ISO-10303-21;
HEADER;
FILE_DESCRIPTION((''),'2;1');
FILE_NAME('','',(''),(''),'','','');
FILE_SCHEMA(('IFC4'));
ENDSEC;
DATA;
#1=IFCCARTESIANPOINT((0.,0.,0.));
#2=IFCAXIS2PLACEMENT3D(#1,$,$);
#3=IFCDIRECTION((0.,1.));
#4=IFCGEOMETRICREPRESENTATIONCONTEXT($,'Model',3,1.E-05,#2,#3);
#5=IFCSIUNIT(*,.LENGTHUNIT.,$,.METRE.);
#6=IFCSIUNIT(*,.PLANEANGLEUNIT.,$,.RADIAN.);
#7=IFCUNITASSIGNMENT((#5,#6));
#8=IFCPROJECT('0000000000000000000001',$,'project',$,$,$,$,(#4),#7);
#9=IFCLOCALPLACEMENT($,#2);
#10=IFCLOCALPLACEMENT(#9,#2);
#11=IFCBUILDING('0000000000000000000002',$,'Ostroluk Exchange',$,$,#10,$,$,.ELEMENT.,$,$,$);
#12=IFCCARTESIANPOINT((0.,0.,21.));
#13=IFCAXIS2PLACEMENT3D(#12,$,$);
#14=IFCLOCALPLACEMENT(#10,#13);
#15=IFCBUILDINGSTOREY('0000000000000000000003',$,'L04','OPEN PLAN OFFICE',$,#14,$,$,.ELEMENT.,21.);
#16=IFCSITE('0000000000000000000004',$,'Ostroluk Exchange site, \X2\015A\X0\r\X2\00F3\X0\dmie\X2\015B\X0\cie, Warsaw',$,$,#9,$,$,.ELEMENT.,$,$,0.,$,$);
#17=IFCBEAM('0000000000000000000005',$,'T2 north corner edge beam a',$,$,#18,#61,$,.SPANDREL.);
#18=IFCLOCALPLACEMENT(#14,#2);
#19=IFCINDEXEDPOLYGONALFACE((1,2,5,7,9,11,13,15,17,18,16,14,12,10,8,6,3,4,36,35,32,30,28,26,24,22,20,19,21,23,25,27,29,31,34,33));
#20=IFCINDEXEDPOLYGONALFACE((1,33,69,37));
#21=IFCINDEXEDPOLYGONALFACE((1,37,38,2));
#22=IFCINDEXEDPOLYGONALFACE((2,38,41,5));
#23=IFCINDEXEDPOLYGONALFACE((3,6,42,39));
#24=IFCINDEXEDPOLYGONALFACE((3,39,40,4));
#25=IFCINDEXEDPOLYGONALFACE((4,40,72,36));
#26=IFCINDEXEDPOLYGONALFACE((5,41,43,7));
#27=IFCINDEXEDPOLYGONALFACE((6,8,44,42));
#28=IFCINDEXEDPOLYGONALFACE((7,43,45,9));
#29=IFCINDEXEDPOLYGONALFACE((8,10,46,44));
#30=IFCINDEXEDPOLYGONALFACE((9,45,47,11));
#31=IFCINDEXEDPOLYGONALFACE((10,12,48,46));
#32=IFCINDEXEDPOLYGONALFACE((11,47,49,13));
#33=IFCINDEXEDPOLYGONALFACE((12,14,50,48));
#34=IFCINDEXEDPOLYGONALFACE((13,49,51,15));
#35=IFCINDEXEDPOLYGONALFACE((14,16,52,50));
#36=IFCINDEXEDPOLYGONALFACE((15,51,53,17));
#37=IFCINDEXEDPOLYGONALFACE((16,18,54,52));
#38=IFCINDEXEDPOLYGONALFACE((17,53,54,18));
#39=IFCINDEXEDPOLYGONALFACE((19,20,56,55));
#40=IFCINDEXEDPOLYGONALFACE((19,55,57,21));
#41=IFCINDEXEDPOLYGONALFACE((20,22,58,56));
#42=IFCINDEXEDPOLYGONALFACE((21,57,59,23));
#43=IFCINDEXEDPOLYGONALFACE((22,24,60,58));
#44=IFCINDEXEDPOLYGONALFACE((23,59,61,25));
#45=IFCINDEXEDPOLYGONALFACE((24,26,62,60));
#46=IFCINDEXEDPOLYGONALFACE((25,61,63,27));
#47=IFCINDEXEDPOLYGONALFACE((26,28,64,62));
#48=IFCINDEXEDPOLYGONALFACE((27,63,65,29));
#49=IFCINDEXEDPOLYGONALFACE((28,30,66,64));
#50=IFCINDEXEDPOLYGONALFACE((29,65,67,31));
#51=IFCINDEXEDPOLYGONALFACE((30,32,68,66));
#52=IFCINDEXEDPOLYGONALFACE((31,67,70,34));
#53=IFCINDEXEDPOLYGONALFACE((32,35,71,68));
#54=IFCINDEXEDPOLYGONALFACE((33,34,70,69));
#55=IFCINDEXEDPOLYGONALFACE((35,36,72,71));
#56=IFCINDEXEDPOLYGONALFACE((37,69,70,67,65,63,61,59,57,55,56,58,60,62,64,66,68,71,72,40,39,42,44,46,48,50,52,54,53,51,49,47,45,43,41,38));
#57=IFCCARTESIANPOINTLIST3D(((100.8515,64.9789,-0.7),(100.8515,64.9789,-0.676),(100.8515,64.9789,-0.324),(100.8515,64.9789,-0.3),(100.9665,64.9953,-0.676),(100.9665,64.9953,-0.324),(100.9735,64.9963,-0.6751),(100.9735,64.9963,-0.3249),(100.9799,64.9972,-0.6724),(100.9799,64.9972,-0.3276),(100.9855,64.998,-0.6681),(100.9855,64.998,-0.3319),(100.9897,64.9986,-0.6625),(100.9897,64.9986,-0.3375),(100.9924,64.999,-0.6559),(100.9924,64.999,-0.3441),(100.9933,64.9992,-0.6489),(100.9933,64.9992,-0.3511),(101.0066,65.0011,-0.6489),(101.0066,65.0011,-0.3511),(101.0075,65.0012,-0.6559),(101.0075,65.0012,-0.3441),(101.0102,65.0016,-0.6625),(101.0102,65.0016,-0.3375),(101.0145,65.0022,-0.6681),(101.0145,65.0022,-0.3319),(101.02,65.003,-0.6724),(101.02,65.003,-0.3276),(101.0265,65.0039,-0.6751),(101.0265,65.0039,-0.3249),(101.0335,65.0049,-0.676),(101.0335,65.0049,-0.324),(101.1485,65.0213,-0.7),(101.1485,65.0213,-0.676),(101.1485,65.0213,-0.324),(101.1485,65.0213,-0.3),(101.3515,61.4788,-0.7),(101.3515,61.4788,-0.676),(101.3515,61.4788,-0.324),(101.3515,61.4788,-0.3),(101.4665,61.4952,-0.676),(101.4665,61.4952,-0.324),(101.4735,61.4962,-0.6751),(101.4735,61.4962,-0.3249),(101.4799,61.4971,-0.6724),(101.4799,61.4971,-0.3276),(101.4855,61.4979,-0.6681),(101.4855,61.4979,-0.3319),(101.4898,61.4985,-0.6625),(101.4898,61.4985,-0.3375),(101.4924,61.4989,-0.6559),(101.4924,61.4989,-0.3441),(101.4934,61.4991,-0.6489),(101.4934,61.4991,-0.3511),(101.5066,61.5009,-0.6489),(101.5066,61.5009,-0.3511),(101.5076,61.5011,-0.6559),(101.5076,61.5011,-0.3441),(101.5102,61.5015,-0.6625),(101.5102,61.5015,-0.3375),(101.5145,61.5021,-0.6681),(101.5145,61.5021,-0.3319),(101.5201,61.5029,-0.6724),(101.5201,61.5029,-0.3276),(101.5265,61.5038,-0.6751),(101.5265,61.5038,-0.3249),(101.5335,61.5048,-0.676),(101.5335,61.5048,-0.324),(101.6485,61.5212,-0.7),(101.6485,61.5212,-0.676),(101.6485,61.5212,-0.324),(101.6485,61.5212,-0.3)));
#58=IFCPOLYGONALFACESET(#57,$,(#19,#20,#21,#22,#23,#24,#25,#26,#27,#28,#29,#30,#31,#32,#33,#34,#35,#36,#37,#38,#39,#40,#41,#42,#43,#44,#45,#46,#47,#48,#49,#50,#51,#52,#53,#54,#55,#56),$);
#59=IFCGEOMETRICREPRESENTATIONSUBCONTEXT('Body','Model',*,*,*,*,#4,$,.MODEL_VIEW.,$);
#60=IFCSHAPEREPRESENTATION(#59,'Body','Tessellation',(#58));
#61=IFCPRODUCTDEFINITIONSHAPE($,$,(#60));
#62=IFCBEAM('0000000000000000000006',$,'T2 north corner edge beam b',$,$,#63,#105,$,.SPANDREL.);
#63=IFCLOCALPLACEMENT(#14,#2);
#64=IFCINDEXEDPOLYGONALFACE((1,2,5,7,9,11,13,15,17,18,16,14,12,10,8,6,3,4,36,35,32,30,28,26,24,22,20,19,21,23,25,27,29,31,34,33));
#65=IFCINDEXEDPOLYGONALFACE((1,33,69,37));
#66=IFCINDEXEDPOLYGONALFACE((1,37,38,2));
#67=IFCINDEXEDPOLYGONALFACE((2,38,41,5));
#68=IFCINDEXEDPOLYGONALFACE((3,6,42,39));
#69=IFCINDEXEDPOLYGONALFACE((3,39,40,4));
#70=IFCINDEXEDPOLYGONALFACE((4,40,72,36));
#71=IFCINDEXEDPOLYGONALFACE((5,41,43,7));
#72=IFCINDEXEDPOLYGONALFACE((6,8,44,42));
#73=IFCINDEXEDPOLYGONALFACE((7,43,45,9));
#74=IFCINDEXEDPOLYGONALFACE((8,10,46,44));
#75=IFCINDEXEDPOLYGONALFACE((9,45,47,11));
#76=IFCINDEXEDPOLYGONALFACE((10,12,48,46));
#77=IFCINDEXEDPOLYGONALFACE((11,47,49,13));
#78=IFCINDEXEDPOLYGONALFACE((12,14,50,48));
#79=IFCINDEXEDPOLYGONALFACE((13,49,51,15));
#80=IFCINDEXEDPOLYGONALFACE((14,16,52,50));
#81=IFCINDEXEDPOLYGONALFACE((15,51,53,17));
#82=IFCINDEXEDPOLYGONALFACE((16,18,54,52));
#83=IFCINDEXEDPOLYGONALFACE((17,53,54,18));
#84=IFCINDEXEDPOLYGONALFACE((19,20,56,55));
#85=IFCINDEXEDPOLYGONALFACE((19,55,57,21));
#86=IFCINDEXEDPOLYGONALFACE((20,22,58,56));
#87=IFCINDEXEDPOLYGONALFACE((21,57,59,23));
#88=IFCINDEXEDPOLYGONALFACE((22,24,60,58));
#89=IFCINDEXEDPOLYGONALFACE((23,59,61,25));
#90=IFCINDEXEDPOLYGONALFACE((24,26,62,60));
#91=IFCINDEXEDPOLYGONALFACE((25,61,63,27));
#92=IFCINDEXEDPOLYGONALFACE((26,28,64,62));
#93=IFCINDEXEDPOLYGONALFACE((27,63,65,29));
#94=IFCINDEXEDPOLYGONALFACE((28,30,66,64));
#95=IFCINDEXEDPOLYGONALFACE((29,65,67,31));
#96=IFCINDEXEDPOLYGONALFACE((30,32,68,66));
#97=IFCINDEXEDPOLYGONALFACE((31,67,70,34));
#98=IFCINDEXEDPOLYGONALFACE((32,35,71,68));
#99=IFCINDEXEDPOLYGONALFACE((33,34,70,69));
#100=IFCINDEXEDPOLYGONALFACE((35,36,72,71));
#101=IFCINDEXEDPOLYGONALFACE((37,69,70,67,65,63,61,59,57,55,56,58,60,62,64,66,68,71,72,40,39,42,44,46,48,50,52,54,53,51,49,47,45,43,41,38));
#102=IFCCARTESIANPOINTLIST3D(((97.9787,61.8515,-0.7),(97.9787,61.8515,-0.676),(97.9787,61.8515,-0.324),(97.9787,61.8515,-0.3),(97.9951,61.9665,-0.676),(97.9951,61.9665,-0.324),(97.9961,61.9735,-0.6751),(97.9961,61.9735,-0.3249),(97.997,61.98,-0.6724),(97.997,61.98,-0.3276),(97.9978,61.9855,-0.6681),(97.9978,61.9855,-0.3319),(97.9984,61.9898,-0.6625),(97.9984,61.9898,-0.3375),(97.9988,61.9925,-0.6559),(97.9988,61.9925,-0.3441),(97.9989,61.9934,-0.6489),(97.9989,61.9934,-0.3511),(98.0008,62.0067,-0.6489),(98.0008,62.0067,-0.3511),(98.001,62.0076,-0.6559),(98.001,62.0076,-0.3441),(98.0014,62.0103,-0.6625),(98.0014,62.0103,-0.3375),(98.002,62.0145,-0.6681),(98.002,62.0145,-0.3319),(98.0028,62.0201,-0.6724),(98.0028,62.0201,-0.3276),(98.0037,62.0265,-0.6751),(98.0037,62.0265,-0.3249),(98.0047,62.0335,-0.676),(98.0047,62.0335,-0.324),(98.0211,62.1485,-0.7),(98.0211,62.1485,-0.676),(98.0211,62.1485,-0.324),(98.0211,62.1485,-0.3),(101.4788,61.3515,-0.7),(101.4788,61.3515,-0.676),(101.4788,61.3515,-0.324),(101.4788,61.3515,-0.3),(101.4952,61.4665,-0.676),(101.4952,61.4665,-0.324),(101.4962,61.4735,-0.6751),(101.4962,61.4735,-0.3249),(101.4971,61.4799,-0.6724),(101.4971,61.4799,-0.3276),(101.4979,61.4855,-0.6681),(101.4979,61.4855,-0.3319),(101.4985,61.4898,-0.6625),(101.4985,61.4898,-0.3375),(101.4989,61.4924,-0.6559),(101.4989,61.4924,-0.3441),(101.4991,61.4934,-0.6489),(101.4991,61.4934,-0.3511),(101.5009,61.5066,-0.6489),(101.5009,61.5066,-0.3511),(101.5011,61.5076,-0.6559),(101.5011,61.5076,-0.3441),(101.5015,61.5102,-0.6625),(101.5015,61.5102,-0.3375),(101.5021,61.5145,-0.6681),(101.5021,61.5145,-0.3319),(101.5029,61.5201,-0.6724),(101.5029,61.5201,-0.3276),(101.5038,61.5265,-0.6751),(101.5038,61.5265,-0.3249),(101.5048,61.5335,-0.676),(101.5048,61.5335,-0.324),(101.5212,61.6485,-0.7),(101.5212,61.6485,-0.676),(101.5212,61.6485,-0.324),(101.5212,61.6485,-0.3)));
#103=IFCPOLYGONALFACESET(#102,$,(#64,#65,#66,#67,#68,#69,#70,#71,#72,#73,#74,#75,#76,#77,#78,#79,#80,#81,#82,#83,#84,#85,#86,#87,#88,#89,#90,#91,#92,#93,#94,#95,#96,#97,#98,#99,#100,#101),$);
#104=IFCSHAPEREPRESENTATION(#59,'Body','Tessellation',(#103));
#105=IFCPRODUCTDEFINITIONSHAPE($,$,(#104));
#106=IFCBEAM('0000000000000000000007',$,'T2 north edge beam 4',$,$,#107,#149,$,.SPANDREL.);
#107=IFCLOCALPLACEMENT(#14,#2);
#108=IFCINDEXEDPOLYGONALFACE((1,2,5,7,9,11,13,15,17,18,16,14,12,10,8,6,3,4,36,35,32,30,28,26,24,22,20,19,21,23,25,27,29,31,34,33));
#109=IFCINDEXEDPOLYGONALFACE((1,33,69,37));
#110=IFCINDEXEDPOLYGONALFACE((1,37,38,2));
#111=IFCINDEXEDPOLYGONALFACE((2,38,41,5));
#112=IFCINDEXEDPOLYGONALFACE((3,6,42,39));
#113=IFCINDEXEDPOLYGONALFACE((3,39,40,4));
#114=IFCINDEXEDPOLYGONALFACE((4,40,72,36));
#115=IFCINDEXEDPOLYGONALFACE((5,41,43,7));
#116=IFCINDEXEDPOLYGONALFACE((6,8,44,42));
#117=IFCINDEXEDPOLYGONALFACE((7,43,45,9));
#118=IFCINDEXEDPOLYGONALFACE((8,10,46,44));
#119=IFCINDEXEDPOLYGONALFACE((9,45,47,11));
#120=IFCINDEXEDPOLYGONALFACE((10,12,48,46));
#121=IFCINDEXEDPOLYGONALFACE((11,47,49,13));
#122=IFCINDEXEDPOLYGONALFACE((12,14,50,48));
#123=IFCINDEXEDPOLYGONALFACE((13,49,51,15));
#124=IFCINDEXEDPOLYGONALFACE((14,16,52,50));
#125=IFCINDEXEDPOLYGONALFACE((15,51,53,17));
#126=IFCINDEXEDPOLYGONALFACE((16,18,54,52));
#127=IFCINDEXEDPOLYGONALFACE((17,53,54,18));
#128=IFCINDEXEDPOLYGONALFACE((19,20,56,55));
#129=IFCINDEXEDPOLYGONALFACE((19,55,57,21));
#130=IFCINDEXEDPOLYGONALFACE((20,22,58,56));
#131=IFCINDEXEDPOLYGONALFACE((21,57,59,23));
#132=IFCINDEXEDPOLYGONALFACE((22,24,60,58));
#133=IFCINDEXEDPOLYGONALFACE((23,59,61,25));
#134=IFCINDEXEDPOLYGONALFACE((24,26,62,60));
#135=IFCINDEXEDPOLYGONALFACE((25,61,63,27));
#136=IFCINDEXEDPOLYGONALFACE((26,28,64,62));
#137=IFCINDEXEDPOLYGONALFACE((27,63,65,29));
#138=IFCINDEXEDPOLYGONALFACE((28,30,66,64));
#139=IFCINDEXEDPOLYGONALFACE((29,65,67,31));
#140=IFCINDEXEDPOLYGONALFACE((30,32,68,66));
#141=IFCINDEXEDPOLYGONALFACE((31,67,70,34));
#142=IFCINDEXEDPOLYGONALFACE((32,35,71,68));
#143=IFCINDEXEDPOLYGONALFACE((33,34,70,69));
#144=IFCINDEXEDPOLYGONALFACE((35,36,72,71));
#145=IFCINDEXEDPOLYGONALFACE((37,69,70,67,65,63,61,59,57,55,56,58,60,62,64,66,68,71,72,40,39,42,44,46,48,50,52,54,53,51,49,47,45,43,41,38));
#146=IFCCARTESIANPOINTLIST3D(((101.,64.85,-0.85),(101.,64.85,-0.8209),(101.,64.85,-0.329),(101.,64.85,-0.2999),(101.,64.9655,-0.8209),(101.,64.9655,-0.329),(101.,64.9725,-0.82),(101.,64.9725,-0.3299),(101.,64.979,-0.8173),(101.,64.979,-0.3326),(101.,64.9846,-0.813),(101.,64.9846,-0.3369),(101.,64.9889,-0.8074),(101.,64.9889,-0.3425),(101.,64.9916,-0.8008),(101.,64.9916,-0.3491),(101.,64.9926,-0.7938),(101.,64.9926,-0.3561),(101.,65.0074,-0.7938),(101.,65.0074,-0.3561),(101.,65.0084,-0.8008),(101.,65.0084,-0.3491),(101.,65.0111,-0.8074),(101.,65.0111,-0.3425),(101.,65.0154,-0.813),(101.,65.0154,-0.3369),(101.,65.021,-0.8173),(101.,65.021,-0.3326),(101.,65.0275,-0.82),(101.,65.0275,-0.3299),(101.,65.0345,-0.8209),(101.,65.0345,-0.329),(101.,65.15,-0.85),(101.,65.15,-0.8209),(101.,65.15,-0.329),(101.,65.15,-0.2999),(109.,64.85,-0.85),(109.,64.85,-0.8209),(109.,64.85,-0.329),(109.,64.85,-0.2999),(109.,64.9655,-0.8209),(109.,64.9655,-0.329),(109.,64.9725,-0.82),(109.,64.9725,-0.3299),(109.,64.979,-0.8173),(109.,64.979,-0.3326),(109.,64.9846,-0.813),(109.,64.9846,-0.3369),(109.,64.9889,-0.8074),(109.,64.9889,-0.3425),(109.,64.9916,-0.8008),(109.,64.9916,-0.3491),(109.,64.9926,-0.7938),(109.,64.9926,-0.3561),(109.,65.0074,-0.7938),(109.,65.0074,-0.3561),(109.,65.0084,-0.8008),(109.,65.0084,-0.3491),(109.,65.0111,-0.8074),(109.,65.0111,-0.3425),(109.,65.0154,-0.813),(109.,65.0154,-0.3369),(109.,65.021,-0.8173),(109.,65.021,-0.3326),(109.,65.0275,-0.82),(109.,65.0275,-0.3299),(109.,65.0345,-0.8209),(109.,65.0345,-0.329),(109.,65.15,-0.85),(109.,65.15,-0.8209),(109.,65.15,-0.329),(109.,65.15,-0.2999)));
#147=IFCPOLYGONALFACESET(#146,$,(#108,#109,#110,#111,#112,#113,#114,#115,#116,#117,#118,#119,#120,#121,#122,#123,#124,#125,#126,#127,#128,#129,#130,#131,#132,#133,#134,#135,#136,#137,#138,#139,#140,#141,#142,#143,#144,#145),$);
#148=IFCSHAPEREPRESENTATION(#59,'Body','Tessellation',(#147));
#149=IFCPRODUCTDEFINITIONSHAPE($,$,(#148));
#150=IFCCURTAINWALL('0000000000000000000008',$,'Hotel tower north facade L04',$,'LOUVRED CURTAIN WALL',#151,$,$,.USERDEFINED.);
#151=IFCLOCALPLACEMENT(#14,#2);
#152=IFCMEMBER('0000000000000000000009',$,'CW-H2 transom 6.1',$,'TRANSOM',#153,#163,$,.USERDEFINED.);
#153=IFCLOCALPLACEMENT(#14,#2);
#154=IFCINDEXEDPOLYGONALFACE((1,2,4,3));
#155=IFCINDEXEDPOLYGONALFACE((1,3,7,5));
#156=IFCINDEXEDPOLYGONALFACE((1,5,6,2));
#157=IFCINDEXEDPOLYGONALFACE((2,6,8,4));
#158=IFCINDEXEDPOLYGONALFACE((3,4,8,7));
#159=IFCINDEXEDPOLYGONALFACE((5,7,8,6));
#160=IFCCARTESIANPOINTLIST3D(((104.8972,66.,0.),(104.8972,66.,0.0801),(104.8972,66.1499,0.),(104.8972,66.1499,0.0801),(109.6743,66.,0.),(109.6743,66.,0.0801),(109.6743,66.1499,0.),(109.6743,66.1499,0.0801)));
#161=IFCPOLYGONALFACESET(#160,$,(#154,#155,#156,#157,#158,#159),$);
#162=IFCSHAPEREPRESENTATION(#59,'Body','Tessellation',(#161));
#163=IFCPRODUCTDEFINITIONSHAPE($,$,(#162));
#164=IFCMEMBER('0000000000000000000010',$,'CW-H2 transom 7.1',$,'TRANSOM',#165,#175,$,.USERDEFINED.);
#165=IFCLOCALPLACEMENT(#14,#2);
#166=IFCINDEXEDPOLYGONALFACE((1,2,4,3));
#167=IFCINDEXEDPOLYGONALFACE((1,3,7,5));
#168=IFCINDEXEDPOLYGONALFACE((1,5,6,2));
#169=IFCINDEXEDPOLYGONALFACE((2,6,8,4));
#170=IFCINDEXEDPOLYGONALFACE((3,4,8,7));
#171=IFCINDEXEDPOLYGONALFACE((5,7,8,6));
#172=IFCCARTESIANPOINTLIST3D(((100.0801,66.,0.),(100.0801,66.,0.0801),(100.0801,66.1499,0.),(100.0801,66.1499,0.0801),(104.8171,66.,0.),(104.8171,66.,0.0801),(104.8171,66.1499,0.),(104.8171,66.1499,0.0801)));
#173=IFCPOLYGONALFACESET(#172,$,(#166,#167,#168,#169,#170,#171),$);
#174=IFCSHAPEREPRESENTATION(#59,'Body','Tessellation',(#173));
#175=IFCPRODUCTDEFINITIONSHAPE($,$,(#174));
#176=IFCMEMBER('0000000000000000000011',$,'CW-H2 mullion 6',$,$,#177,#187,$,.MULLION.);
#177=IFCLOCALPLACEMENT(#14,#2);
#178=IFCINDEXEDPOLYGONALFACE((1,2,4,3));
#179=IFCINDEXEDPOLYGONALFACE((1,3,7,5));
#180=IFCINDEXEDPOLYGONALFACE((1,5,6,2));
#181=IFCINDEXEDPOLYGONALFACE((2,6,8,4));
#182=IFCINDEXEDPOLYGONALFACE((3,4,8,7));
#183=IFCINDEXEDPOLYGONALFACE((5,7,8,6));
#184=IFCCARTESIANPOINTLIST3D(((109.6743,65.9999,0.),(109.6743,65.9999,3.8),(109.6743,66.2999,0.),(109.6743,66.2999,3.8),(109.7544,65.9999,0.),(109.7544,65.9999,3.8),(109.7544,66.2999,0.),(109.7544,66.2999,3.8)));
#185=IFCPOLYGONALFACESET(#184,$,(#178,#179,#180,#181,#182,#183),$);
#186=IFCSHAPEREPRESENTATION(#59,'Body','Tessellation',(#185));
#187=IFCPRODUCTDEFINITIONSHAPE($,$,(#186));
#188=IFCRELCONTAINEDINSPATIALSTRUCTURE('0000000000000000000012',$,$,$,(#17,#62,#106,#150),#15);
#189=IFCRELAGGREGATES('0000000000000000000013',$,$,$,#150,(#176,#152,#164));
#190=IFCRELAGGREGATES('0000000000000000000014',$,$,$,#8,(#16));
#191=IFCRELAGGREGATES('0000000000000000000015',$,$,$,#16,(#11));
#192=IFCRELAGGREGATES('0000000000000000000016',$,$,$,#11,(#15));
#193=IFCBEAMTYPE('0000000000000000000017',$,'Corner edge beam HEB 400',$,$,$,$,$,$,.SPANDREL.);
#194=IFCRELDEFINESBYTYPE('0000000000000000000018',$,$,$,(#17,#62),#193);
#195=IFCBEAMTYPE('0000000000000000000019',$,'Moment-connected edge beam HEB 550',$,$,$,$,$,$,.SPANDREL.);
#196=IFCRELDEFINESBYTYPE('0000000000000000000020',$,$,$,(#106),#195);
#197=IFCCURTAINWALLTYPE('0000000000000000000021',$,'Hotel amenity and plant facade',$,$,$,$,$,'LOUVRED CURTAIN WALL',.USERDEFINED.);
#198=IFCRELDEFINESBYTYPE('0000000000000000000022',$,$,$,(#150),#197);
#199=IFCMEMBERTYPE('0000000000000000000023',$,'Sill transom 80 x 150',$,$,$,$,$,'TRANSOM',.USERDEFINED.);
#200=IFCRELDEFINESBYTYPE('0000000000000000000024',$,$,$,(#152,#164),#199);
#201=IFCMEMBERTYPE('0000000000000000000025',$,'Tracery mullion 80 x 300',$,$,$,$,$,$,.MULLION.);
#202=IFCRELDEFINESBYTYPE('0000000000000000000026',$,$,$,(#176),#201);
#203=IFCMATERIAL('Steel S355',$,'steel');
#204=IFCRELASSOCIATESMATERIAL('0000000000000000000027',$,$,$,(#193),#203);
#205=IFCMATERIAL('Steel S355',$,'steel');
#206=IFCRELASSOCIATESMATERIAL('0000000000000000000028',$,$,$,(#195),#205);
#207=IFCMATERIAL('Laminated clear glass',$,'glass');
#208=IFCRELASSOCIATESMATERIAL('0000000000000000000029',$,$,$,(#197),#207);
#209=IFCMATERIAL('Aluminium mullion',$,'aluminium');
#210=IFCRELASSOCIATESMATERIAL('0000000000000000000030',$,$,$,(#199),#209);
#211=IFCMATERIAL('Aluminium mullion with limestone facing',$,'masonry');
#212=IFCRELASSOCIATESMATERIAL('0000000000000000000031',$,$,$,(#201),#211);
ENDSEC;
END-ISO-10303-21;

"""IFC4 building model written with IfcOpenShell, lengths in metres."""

from ifc_helpers import new_model, si_unit, direction, frame, origin, origin_2d, place, context, subcontext, project, spatial, rectangle, i_section, extrude, material, material_profile, profile_set, type_object, element, aggregate, save


model = new_model("IFC4")

# Units and contexts
model_context = context("Model", 3, precision=1e-05, world=origin(), true_north=direction((0.0, 1.0)))
body_context = subcontext(model_context, "Body", "Model", "MODEL_VIEW")
ifc_project = project(units=[si_unit("LENGTHUNIT", "METRE"), si_unit("PLANEANGLEUNIT", "RADIAN")], contexts=[model_context])

# Site, building, storey
site_placement = place(None, origin())
site = spatial("IfcSite", under=ifc_project, at=site_placement, Name="Ostroluk Exchange site, Śródmieście, Warsaw", CompositionType="ELEMENT", RefElevation=0.0)
building_placement = place(site_placement, origin())
building = spatial("IfcBuilding", under=site, at=building_placement, Name="Ostroluk Exchange", CompositionType="ELEMENT")
storey_placement = place(building_placement, frame((0.0, 0.0, 21.0)))
storey = spatial("IfcBuildingStorey", under=building, at=storey_placement, Name="L04", Description="OPEN PLAN OFFICE", CompositionType="ELEMENT", Elevation=21.0)

# Beams
ifc_material_1 = material(Name="Steel S355", Category="steel")
ifc_material_profile_1 = material_profile(ifc_material_1, i_section(OverallWidth=0.3, OverallDepth=0.3999, WebThickness=0.0134, FlangeThickness=0.0239, FilletRadius=0.0271, at=origin_2d()), Name="HEB 400")
ifc_profile_set_1 = profile_set([ifc_material_profile_1], Name="Steel S355")
beam_type_1 = type_object("IfcBeamType", Name="Corner edge beam HEB 400", PredefinedType="SPANDREL", material=ifc_profile_set_1)
for number, where, z_axis, x_axis, name in (
    (1, (101.5, 61.5, -0.5), (-0.141421, 0.989949, 0.0), (-0.989949, -0.141421, 0.0), "T2 north corner edge beam a"),
    (2, (101.5, 61.5, -0.5), (-0.989949, 0.141421, 0.0), (-0.141421, -0.989949, 0.0), "T2 north corner edge beam b"),
):
    element("IfcBeam", number, at=place(storey_placement, frame(where, z_axis=z_axis, x_axis=x_axis)), inside=storey, type_object=beam_type_1, Name=name, PredefinedType="SPANDREL", context=body_context, shape_type="SweptSolid", body=[
        extrude(i_section(OverallWidth=0.3, OverallDepth=0.3999, WebThickness=0.0134, FlangeThickness=0.0239, FilletRadius=0.0271, at=origin_2d()), origin(), (0.0, 0.0, 1.0), 3.5356),
    ])
ifc_material_2 = material(Name="Steel S355", Category="steel")
ifc_material_profile_2 = material_profile(ifc_material_2, i_section(OverallWidth=0.3, OverallDepth=0.55, WebThickness=0.0149, FlangeThickness=0.0291, FilletRadius=0.0271, at=origin_2d()), Name="HEB 550")
ifc_profile_set_2 = profile_set([ifc_material_profile_2], Name="Steel S355")
beam_type_2 = type_object("IfcBeamType", Name="Moment-connected edge beam HEB 550", PredefinedType="SPANDREL", material=ifc_profile_set_2)
beam_1_placement = place(storey_placement, frame((109.0, 65.0, -0.575), z_axis=(-1.0, 0.0, 0.0), x_axis=(0.0, -1.0, 0.0)))
element("IfcBeam", 3, at=beam_1_placement, inside=storey, type_object=beam_type_2, Name="T2 north edge beam 4", PredefinedType="SPANDREL", context=body_context, shape_type="SweptSolid", body=[
    extrude(i_section(OverallWidth=0.3, OverallDepth=0.55, WebThickness=0.0149, FlangeThickness=0.0291, FilletRadius=0.0271, at=origin_2d()), origin(), (0.0, 0.0, 1.0), 8.0),
])

# Curtain wall, members
ifc_material_3 = material(Name="Laminated clear glass", Category="glass")
curtain_wall_type = type_object("IfcCurtainWallType", Name="Hotel amenity and plant facade", ElementType="LOUVRED CURTAIN WALL", PredefinedType="USERDEFINED", material=ifc_material_3)
curtain_wall_placement = place(storey_placement, origin())
curtain_wall = element("IfcCurtainWall", 4, at=curtain_wall_placement, inside=storey, type_object=curtain_wall_type, Name="Hotel tower north facade L04", ObjectType="LOUVRED CURTAIN WALL", PredefinedType="USERDEFINED")
ifc_material_4 = material(Name="Aluminium mullion", Category="aluminium")
ifc_material_profile_3 = material_profile(ifc_material_4, rectangle(XDim=0.1499, YDim=0.0801, at=origin_2d()), Name="Sill transom 80 x 150")
ifc_profile_set_3 = profile_set([ifc_material_profile_3], Name="Aluminium mullion")
member_type_1 = type_object("IfcMemberType", Name="Sill transom 80 x 150", ElementType="TRANSOM", PredefinedType="USERDEFINED", material=ifc_profile_set_3)
member_1_placement = place(storey_placement, frame((109.6743, 66.075, 0.04), z_axis=(-1.0, 0.0, 0.0), x_axis=(0.0, -1.0, 0.0)))
member_1 = element("IfcMember", 5, at=member_1_placement, type_object=member_type_1, Name="CW-H2 transom 6.1", ObjectType="TRANSOM", PredefinedType="USERDEFINED", context=body_context, shape_type="SweptSolid", body=[
    extrude(rectangle(XDim=0.1499, YDim=0.0801, at=origin_2d()), origin(), (0.0, 0.0, 1.0), 4.7771),
])
member_2_placement = place(storey_placement, frame((104.8171, 66.075, 0.04), z_axis=(-1.0, 0.0, 0.0), x_axis=(0.0, -1.0, 0.0)))
member_2 = element("IfcMember", 6, at=member_2_placement, type_object=member_type_1, Name="CW-H2 transom 7.1", ObjectType="TRANSOM", PredefinedType="USERDEFINED", context=body_context, shape_type="SweptSolid", body=[
    extrude(rectangle(XDim=0.1499, YDim=0.0801, at=origin_2d()), origin(), (0.0, 0.0, 1.0), 4.7371),
])
ifc_material_5 = material(Name="Aluminium mullion with limestone facing", Category="masonry")
ifc_material_profile_4 = material_profile(ifc_material_5, rectangle(XDim=0.3, YDim=0.0801, at=origin_2d()), Name="Tracery mullion 80 x 300")
ifc_profile_set_4 = profile_set([ifc_material_profile_4], Name="Aluminium mullion with limestone facing")
member_type_2 = type_object("IfcMemberType", Name="Tracery mullion 80 x 300", PredefinedType="MULLION", material=ifc_profile_set_4)
member_3_placement = place(storey_placement, frame((109.7144, 66.1499, 0.0), z_axis=(0.0, 0.0, 1.0), x_axis=(0.0, -1.0, 0.0)))
member_3 = element("IfcMember", 7, at=member_3_placement, type_object=member_type_2, Name="CW-H2 mullion 6", PredefinedType="MULLION", context=body_context, shape_type="SweptSolid", body=[
    extrude(rectangle(XDim=0.3, YDim=0.0801, at=origin_2d()), origin(), (0.0, 0.0, 1.0), 3.8),
])
aggregate(curtain_wall, [member_3, member_1, member_2])

save(model, "model.ifc")
